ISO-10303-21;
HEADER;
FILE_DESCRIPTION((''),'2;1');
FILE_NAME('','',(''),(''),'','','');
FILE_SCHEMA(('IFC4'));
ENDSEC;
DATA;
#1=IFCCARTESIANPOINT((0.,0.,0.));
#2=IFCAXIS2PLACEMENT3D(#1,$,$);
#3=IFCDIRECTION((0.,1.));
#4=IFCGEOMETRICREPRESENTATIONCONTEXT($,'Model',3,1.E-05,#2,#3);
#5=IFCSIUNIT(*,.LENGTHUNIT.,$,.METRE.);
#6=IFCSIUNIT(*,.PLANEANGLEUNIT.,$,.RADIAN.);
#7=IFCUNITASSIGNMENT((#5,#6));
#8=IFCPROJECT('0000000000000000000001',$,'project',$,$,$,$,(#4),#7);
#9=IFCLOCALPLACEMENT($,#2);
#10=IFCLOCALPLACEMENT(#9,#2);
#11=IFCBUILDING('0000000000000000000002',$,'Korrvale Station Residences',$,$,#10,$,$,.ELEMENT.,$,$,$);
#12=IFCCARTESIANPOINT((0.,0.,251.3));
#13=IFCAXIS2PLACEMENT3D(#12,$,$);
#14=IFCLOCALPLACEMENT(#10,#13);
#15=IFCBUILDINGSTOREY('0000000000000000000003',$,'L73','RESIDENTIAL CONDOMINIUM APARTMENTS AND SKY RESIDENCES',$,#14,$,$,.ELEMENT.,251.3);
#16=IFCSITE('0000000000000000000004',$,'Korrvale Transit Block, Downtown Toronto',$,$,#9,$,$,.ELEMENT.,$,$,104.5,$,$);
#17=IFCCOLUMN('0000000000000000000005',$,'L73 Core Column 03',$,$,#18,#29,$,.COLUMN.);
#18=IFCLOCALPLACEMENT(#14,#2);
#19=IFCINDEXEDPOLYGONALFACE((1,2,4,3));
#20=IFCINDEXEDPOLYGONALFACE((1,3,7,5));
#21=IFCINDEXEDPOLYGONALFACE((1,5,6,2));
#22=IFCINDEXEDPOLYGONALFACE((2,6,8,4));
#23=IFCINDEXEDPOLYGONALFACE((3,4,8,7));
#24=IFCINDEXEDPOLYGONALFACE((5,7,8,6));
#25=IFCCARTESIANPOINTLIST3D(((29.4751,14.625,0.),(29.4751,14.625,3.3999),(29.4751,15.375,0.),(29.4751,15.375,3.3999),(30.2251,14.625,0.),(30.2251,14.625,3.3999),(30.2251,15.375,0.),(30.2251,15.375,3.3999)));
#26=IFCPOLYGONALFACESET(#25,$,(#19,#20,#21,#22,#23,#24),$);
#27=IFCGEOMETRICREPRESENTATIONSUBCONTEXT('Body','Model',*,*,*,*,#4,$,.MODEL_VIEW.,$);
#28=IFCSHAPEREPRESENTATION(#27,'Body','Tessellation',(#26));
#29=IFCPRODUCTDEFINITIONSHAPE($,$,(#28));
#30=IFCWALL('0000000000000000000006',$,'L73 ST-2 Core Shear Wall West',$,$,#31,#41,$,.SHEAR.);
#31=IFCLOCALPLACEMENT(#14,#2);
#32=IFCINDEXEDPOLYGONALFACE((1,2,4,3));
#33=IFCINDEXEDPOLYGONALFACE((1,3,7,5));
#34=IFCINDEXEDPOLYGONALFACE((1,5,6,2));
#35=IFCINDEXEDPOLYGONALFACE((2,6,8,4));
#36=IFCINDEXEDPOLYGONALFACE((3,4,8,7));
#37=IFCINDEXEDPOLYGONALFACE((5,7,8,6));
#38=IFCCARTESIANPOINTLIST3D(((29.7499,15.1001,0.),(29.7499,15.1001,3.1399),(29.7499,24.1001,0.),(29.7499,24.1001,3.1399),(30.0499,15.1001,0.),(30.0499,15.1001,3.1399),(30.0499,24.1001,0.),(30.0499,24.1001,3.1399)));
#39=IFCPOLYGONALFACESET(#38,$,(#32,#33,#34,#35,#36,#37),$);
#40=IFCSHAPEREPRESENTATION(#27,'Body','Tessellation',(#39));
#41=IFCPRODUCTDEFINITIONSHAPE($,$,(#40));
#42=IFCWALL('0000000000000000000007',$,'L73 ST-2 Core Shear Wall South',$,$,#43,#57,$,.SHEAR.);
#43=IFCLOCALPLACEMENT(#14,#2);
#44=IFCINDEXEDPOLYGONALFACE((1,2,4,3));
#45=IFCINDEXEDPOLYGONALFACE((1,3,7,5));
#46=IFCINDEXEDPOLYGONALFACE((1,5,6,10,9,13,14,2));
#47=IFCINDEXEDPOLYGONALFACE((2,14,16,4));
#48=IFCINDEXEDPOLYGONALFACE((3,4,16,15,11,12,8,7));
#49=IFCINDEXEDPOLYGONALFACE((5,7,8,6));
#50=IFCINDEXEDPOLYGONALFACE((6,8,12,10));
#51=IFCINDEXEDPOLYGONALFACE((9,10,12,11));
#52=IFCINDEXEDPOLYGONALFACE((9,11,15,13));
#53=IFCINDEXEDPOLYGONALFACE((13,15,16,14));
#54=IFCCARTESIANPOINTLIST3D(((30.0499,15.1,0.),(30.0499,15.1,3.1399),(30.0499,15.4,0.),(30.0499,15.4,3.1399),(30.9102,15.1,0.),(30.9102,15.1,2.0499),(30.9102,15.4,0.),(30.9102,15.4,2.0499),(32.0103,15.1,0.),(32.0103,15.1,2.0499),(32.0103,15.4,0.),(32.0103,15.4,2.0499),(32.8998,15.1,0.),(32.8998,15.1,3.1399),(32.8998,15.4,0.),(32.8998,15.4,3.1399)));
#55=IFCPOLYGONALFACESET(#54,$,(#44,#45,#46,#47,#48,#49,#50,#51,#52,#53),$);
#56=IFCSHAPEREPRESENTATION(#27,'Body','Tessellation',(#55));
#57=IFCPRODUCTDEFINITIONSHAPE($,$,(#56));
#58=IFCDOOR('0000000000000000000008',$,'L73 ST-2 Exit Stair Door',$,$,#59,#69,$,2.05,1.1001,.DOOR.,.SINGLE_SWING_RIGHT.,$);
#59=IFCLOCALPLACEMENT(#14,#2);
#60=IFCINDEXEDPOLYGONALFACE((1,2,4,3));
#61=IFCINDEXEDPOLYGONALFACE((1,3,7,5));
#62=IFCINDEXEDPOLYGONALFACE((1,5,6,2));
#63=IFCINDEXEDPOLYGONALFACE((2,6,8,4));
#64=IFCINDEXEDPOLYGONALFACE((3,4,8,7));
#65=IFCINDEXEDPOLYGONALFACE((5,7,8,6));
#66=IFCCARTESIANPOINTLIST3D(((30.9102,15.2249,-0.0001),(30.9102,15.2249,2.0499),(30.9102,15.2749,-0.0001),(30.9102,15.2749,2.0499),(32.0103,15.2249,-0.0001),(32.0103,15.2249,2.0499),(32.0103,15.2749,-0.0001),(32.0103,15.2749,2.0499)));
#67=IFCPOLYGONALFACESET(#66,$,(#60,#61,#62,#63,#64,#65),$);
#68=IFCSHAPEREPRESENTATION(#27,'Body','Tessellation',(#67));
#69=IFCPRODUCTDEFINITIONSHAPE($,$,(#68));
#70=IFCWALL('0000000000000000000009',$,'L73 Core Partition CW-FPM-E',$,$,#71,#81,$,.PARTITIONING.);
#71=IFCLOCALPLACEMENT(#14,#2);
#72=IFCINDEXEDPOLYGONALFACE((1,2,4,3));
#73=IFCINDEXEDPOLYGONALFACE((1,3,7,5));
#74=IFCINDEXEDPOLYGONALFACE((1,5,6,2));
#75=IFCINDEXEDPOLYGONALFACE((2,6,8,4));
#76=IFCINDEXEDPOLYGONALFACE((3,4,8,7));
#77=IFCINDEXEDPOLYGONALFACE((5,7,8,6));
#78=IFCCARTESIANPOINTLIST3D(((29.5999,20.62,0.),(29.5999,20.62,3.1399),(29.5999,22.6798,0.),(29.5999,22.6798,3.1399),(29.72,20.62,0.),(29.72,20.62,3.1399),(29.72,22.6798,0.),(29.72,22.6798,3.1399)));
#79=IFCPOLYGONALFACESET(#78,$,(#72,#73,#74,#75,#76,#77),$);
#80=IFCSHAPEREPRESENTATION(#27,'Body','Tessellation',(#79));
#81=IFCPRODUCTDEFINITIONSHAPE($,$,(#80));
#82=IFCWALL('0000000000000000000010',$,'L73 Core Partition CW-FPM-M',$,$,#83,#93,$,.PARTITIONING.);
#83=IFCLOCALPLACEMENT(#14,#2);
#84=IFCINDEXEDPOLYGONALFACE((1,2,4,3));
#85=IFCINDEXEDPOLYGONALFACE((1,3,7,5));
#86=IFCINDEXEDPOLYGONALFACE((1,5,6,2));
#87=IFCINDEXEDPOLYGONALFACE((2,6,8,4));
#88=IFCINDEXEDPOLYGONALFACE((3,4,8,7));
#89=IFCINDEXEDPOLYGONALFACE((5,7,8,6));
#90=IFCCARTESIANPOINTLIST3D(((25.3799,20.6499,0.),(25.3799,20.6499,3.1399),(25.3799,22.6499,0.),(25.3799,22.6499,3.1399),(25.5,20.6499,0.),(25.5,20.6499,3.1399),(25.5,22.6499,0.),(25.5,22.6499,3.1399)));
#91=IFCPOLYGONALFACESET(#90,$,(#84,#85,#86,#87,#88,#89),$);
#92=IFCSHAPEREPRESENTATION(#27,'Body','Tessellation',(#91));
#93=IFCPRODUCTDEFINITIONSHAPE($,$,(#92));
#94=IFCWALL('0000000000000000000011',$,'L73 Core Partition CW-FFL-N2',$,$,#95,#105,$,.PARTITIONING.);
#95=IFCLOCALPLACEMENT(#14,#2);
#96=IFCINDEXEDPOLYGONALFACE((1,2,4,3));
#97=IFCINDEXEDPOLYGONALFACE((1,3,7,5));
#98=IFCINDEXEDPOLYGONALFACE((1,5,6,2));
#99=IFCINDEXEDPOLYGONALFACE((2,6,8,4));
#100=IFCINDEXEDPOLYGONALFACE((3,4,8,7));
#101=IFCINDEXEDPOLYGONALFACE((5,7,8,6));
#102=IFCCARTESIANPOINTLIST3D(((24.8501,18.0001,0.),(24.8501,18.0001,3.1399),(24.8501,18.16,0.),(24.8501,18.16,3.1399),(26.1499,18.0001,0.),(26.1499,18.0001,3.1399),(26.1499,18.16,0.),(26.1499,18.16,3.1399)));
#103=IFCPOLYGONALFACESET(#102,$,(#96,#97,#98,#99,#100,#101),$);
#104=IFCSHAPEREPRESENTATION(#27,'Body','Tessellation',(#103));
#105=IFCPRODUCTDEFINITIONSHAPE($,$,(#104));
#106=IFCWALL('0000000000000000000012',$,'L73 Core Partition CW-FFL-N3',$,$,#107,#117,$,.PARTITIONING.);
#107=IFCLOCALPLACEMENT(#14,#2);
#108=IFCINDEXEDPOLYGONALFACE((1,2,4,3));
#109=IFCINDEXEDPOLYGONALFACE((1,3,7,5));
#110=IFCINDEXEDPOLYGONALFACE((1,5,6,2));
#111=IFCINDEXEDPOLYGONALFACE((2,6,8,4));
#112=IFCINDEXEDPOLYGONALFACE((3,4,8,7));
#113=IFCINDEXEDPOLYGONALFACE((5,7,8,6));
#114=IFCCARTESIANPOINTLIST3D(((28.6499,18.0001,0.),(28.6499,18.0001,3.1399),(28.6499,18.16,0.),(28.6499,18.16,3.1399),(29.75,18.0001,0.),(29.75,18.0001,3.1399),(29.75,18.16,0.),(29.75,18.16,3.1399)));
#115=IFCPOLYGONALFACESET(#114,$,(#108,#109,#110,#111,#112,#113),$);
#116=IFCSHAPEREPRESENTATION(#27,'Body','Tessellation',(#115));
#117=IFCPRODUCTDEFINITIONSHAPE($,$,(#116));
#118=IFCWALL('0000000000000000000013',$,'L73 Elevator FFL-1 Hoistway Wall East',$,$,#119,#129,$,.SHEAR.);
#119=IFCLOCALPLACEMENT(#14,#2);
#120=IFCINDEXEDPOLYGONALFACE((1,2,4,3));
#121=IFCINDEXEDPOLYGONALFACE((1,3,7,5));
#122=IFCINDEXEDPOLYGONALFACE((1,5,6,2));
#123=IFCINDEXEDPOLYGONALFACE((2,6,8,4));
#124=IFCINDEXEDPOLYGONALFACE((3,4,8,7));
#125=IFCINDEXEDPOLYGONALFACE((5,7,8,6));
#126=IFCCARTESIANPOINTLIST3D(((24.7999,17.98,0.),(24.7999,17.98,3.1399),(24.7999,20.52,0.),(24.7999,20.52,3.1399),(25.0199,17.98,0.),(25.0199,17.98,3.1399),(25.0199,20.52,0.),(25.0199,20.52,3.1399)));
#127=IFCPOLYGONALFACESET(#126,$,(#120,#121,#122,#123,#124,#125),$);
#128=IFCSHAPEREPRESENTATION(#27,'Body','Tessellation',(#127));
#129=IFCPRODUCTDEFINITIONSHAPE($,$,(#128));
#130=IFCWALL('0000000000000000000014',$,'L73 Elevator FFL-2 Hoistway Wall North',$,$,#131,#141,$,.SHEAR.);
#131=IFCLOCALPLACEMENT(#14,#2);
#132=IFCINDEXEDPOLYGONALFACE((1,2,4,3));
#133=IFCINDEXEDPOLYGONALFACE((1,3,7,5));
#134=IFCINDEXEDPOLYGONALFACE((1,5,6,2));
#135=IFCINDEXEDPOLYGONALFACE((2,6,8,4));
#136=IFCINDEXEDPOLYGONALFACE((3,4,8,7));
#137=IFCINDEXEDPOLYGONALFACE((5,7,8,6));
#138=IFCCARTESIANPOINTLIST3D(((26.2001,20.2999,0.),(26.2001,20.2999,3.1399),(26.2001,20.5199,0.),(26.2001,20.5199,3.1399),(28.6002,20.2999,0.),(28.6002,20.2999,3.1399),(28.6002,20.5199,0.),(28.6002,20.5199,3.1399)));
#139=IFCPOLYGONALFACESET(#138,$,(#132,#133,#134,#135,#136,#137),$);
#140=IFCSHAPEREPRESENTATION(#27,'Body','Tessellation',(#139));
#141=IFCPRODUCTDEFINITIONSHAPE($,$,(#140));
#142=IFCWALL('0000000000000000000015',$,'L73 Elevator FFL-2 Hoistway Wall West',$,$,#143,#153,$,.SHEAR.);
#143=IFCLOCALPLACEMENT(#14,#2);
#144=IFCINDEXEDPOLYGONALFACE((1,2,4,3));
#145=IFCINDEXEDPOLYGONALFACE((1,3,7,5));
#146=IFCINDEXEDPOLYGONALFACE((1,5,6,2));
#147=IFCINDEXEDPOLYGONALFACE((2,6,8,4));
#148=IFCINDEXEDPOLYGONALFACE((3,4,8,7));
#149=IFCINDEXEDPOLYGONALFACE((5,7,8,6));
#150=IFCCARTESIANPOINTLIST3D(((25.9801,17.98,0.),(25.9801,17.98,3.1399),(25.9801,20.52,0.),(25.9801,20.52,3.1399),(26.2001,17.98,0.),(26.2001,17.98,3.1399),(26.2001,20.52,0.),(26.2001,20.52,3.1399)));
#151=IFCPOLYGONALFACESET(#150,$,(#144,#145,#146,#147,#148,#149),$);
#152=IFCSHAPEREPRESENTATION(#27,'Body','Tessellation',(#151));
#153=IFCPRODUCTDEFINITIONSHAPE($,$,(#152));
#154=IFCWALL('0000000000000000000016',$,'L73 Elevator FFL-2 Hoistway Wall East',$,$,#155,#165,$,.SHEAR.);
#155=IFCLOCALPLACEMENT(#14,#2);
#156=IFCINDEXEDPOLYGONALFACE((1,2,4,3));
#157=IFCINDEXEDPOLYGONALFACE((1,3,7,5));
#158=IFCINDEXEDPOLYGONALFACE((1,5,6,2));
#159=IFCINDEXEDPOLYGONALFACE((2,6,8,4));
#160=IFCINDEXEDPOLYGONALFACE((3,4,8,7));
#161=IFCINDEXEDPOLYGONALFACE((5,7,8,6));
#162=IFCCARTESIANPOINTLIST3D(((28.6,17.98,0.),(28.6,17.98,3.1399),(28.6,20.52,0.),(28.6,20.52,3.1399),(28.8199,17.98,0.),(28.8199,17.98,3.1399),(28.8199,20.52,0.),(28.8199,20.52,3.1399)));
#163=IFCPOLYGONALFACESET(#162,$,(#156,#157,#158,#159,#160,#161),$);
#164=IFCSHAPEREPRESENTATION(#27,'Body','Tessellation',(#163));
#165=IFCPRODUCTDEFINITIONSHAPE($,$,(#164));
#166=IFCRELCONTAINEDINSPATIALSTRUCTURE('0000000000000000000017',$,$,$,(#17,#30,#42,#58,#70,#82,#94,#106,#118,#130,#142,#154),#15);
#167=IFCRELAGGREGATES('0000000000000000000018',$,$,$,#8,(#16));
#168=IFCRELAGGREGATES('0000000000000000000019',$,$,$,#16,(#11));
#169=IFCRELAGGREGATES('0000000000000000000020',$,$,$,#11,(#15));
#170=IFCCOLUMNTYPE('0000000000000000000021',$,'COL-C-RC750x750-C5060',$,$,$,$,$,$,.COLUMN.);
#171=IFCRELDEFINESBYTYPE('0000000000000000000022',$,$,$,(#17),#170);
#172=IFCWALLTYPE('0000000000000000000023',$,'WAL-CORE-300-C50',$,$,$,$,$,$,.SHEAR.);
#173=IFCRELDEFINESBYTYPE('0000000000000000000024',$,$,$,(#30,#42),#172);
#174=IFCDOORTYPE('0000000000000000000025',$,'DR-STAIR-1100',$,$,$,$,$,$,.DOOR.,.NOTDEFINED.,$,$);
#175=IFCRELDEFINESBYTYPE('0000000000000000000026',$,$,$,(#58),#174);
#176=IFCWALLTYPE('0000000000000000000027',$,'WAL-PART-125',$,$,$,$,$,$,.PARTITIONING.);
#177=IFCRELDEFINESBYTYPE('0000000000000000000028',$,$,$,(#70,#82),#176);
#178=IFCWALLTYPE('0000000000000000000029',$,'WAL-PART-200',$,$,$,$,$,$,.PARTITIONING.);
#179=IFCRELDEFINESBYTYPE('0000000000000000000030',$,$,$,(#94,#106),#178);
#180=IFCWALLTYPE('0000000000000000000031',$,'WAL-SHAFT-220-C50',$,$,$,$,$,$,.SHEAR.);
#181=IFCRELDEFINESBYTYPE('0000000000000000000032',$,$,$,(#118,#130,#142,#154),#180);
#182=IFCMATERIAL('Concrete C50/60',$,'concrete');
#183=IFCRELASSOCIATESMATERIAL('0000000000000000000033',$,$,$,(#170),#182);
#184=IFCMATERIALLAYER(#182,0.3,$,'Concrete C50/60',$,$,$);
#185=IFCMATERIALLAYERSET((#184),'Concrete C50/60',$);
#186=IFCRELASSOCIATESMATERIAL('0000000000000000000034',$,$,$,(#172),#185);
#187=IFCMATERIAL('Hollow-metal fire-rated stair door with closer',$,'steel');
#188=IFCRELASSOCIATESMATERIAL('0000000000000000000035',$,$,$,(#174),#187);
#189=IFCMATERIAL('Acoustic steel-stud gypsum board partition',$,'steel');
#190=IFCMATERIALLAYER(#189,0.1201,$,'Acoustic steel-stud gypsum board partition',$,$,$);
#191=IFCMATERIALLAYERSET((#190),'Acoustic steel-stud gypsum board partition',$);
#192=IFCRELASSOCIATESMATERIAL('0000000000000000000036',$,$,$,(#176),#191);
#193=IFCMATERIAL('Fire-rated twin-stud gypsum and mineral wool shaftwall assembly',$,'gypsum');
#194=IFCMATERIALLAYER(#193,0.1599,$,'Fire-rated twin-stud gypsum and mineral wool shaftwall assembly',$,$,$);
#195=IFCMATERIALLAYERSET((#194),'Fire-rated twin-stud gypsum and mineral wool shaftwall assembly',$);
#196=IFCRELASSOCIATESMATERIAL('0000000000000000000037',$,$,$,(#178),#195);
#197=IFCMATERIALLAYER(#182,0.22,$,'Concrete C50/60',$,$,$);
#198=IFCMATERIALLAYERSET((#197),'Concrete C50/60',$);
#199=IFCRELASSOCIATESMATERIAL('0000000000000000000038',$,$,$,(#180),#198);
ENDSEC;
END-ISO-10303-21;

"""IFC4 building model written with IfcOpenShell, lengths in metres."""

from ifc_helpers import new_model, si_unit, direction, frame, frame_2d, origin, origin_2d, place, context, subcontext, project, spatial, rectangle, extrude, material, layer, layer_set, material_profile, profile_set, type_object, element, fill, save


model = new_model("IFC4")

# Units and contexts
model_context = context("Model", 3, precision=1e-05, world=origin(), true_north=direction((0.0, 1.0)))
body_context = subcontext(model_context, "Body", "Model", "MODEL_VIEW")
ifc_project = project(units=[si_unit("LENGTHUNIT", "METRE"), si_unit("PLANEANGLEUNIT", "RADIAN")], contexts=[model_context])

# Site, building, storey
site_placement = place(None, origin())
site = spatial("IfcSite", under=ifc_project, at=site_placement, Name="Korrvale Transit Block, Downtown Toronto", CompositionType="ELEMENT", RefElevation=104.5)
building_placement = place(site_placement, origin())
building = spatial("IfcBuilding", under=site, at=building_placement, Name="Korrvale Station Residences", CompositionType="ELEMENT")
storey_placement = place(building_placement, frame((0.0, 0.0, 251.3)))
storey = spatial("IfcBuildingStorey", under=building, at=storey_placement, Name="L73", Description="RESIDENTIAL CONDOMINIUM APARTMENTS AND SKY RESIDENCES", CompositionType="ELEMENT", Elevation=251.3)

# Column
ifc_material_1 = material(Name="Concrete C50/60", Category="concrete")
ifc_material_profile = material_profile(ifc_material_1, rectangle(XDim=0.75, YDim=0.75, at=origin_2d()), Name="RC750x750")
ifc_profile_set = profile_set([ifc_material_profile], Name="Concrete C50/60")
column_type = type_object("IfcColumnType", Name="COL-C-RC750x750-C5060", PredefinedType="COLUMN", material=ifc_profile_set)
column_placement = place(storey_placement, frame((29.8501, 15.0, 0.0), z_axis=(0.0, 0.0, 1.0), x_axis=(1.0, 0.0, 0.0)))
element("IfcColumn", 1, at=column_placement, inside=storey, type_object=column_type, Name="L73 Core Column 03", PredefinedType="COLUMN", context=body_context, shape_type="SweptSolid", body=[
    extrude(rectangle(XDim=0.75, YDim=0.75, at=origin_2d()), origin(), (0.0, 0.0, 1.0), 3.3999),
])

# Wall
ifc_layer_1 = layer(ifc_material_1, 0.3, Name="Concrete C50/60")
ifc_layer_set_1 = layer_set([ifc_layer_1], Name="Concrete C50/60")
wall_type_1 = type_object("IfcWallType", Name="WAL-CORE-300-C50", PredefinedType="SHEAR", material=ifc_layer_set_1)
wall_1_placement = place(storey_placement, frame((29.8999, 15.1001, 0.0), z_axis=(0.0, 0.0, 1.0), x_axis=(0.0, 1.0, 0.0)))
element("IfcWall", 2, at=wall_1_placement, inside=storey, type_object=wall_type_1, Name="L73 ST-2 Core Shear Wall West", PredefinedType="SHEAR", context=body_context, shape_type="SweptSolid", body=[
    extrude(rectangle(XDim=9.0, YDim=0.3, at=frame_2d((4.5, 0.0))), origin(), (0.0, 0.0, 1.0), 3.1399),
])

# Wall, opening, door
wall_2_placement = place(storey_placement, frame((30.05, 15.25, 0.0), z_axis=(0.0, 0.0, 1.0), x_axis=(1.0, 0.0, 0.0)))
wall_2 = element("IfcWall", 3, at=wall_2_placement, inside=storey, type_object=wall_type_1, Name="L73 ST-2 Core Shear Wall South", PredefinedType="SHEAR", context=body_context, shape_type="SweptSolid", body=[
    extrude(rectangle(XDim=2.8499, YDim=0.3, at=frame_2d((1.4248, 0.0))), origin(), (0.0, 0.0, 1.0), 3.1399),
])
opening_1_placement = place(wall_2_placement, frame((0.8601, 0.0, 0.0)))
opening_1 = element("IfcOpeningElement", 4, at=opening_1_placement, cuts=wall_2, PredefinedType="OPENING", context=body_context, shape_type="SweptSolid", body=[
    extrude(rectangle(XDim=1.1001, YDim=2.05, at=frame_2d((0.55, 1.0249))), frame((0.0, 0.1602, 0.0), z_axis=(0.0, -1.0, 0.0), x_axis=(1.0, 0.0, 0.0)), (0.0, 0.0, 1.0), 0.3201),
])
ifc_material_2 = material(Name="Hollow-metal fire-rated stair door with closer", Category="steel")
door_type_1 = type_object("IfcDoorType", Name="DR-STAIR-1100", OperationType="NOTDEFINED", PredefinedType="DOOR", material=ifc_material_2)
door_1_placement = place(opening_1_placement, origin())
door_1 = element("IfcDoor", 5, at=door_1_placement, inside=storey, type_object=door_type_1, Name="L73 ST-2 Exit Stair Door", OperationType="SINGLE_SWING_RIGHT", OverallHeight=2.05, OverallWidth=1.1001, PredefinedType="DOOR", context=body_context, shape_type="SweptSolid", body=[
    extrude(rectangle(XDim=1.1001, YDim=2.05, at=frame_2d((0.55, 1.0249))), frame((0.0, 0.0249, 0.0), z_axis=(0.0, -1.0, 0.0), x_axis=(1.0, 0.0, 0.0)), (0.0, 0.0, 1.0), 0.05),
])
fill(opening_1, door_1)

# Walls
ifc_material_3 = material(Name="Acoustic steel-stud gypsum board partition", Category="steel")
ifc_layer_2 = layer(ifc_material_3, 0.1201, Name="Acoustic steel-stud gypsum board partition")
ifc_layer_set_2 = layer_set([ifc_layer_2], Name="Acoustic steel-stud gypsum board partition")
wall_type_2 = type_object("IfcWallType", Name="WAL-PART-125", PredefinedType="PARTITIONING", material=ifc_layer_set_2)
wall_3_placement = place(storey_placement, frame((29.6599, 20.6201, 0.0), z_axis=(0.0, 0.0, 1.0), x_axis=(0.0, 1.0, 0.0)))
element("IfcWall", 6, at=wall_3_placement, inside=storey, type_object=wall_type_2, Name="L73 Core Partition CW-FPM-E", PredefinedType="PARTITIONING", context=body_context, shape_type="SweptSolid", body=[
    extrude(rectangle(XDim=2.0598, YDim=0.1201, at=frame_2d((1.0298, 0.0))), origin(), (0.0, 0.0, 1.0), 3.1399),
])
wall_4_placement = place(storey_placement, frame((25.4399, 20.6499, 0.0), z_axis=(0.0, 0.0, 1.0), x_axis=(0.0, 1.0, 0.0)))
element("IfcWall", 7, at=wall_4_placement, inside=storey, type_object=wall_type_2, Name="L73 Core Partition CW-FPM-M", PredefinedType="PARTITIONING", context=body_context, shape_type="SweptSolid", body=[
    extrude(rectangle(XDim=2.0, YDim=0.1201, at=frame_2d((1.0, 0.0))), origin(), (0.0, 0.0, 1.0), 3.1399),
])
ifc_material_4 = material(Name="Fire-rated twin-stud gypsum and mineral wool shaftwall assembly", Category="gypsum")
ifc_layer_3 = layer(ifc_material_4, 0.1599, Name="Fire-rated twin-stud gypsum and mineral wool shaftwall assembly")
ifc_layer_set_3 = layer_set([ifc_layer_3], Name="Fire-rated twin-stud gypsum and mineral wool shaftwall assembly")
wall_type_3 = type_object("IfcWallType", Name="WAL-PART-200", PredefinedType="PARTITIONING", material=ifc_layer_set_3)
wall_5_placement = place(storey_placement, frame((24.8501, 18.0801, 0.0), z_axis=(0.0, 0.0, 1.0), x_axis=(1.0, 0.0, 0.0)))
element("IfcWall", 8, at=wall_5_placement, inside=storey, type_object=wall_type_3, Name="L73 Core Partition CW-FFL-N2", PredefinedType="PARTITIONING", context=body_context, shape_type="SweptSolid", body=[
    extrude(rectangle(XDim=1.2998, YDim=0.1599, at=frame_2d((0.6499, 0.0))), origin(), (0.0, 0.0, 1.0), 3.1399),
])
wall_6_placement = place(storey_placement, frame((28.6499, 18.0801, 0.0), z_axis=(0.0, 0.0, 1.0), x_axis=(1.0, 0.0, 0.0)))
element("IfcWall", 9, at=wall_6_placement, inside=storey, type_object=wall_type_3, Name="L73 Core Partition CW-FFL-N3", PredefinedType="PARTITIONING", context=body_context, shape_type="SweptSolid", body=[
    extrude(rectangle(XDim=1.1001, YDim=0.1599, at=frame_2d((0.55, 0.0))), origin(), (0.0, 0.0, 1.0), 3.1399),
])
ifc_layer_4 = layer(ifc_material_1, 0.22, Name="Concrete C50/60")
ifc_layer_set_4 = layer_set([ifc_layer_4], Name="Concrete C50/60")
wall_type_4 = type_object("IfcWallType", Name="WAL-SHAFT-220-C50", PredefinedType="SHEAR", material=ifc_layer_set_4)
wall_7_placement = place(storey_placement, frame((24.9099, 17.98, 0.0), z_axis=(0.0, 0.0, 1.0), x_axis=(0.0, 1.0, 0.0)))
element("IfcWall", 10, at=wall_7_placement, inside=storey, type_object=wall_type_4, Name="L73 Elevator FFL-1 Hoistway Wall East", PredefinedType="SHEAR", context=body_context, shape_type="SweptSolid", body=[
    extrude(rectangle(XDim=2.54, YDim=0.22, at=frame_2d((1.27, 0.0))), origin(), (0.0, 0.0, 1.0), 3.1399),
])

# Walls
wall_8_placement = place(storey_placement, frame((26.2, 20.4099, 0.0), z_axis=(0.0, 0.0, 1.0), x_axis=(1.0, 0.0, 0.0)))
element("IfcWall", 11, at=wall_8_placement, inside=storey, type_object=wall_type_4, Name="L73 Elevator FFL-2 Hoistway Wall North", PredefinedType="SHEAR", context=body_context, shape_type="SweptSolid", body=[
    extrude(rectangle(XDim=2.4001, YDim=0.22, at=frame_2d((1.2002, 0.0))), origin(), (0.0, 0.0, 1.0), 3.1399),
])
for number, where, z_axis, x_axis, name in (
    (12, (26.0901, 17.98, 0.0), (0.0, 0.0, 1.0), (0.0, 1.0, 0.0), "L73 Elevator FFL-2 Hoistway Wall West"),
    (13, (28.71, 17.98, 0.0), (0.0, 0.0, 1.0), (0.0, 1.0, 0.0), "L73 Elevator FFL-2 Hoistway Wall East"),
):
    element("IfcWall", number, at=place(storey_placement, frame(where, z_axis=z_axis, x_axis=x_axis)), inside=storey, type_object=wall_type_4, Name=name, PredefinedType="SHEAR", context=body_context, shape_type="SweptSolid", body=[
        extrude(rectangle(XDim=2.54, YDim=0.22, at=frame_2d((1.27, 0.0))), origin(), (0.0, 0.0, 1.0), 3.1399),
    ])

save(model, "model.ifc")
